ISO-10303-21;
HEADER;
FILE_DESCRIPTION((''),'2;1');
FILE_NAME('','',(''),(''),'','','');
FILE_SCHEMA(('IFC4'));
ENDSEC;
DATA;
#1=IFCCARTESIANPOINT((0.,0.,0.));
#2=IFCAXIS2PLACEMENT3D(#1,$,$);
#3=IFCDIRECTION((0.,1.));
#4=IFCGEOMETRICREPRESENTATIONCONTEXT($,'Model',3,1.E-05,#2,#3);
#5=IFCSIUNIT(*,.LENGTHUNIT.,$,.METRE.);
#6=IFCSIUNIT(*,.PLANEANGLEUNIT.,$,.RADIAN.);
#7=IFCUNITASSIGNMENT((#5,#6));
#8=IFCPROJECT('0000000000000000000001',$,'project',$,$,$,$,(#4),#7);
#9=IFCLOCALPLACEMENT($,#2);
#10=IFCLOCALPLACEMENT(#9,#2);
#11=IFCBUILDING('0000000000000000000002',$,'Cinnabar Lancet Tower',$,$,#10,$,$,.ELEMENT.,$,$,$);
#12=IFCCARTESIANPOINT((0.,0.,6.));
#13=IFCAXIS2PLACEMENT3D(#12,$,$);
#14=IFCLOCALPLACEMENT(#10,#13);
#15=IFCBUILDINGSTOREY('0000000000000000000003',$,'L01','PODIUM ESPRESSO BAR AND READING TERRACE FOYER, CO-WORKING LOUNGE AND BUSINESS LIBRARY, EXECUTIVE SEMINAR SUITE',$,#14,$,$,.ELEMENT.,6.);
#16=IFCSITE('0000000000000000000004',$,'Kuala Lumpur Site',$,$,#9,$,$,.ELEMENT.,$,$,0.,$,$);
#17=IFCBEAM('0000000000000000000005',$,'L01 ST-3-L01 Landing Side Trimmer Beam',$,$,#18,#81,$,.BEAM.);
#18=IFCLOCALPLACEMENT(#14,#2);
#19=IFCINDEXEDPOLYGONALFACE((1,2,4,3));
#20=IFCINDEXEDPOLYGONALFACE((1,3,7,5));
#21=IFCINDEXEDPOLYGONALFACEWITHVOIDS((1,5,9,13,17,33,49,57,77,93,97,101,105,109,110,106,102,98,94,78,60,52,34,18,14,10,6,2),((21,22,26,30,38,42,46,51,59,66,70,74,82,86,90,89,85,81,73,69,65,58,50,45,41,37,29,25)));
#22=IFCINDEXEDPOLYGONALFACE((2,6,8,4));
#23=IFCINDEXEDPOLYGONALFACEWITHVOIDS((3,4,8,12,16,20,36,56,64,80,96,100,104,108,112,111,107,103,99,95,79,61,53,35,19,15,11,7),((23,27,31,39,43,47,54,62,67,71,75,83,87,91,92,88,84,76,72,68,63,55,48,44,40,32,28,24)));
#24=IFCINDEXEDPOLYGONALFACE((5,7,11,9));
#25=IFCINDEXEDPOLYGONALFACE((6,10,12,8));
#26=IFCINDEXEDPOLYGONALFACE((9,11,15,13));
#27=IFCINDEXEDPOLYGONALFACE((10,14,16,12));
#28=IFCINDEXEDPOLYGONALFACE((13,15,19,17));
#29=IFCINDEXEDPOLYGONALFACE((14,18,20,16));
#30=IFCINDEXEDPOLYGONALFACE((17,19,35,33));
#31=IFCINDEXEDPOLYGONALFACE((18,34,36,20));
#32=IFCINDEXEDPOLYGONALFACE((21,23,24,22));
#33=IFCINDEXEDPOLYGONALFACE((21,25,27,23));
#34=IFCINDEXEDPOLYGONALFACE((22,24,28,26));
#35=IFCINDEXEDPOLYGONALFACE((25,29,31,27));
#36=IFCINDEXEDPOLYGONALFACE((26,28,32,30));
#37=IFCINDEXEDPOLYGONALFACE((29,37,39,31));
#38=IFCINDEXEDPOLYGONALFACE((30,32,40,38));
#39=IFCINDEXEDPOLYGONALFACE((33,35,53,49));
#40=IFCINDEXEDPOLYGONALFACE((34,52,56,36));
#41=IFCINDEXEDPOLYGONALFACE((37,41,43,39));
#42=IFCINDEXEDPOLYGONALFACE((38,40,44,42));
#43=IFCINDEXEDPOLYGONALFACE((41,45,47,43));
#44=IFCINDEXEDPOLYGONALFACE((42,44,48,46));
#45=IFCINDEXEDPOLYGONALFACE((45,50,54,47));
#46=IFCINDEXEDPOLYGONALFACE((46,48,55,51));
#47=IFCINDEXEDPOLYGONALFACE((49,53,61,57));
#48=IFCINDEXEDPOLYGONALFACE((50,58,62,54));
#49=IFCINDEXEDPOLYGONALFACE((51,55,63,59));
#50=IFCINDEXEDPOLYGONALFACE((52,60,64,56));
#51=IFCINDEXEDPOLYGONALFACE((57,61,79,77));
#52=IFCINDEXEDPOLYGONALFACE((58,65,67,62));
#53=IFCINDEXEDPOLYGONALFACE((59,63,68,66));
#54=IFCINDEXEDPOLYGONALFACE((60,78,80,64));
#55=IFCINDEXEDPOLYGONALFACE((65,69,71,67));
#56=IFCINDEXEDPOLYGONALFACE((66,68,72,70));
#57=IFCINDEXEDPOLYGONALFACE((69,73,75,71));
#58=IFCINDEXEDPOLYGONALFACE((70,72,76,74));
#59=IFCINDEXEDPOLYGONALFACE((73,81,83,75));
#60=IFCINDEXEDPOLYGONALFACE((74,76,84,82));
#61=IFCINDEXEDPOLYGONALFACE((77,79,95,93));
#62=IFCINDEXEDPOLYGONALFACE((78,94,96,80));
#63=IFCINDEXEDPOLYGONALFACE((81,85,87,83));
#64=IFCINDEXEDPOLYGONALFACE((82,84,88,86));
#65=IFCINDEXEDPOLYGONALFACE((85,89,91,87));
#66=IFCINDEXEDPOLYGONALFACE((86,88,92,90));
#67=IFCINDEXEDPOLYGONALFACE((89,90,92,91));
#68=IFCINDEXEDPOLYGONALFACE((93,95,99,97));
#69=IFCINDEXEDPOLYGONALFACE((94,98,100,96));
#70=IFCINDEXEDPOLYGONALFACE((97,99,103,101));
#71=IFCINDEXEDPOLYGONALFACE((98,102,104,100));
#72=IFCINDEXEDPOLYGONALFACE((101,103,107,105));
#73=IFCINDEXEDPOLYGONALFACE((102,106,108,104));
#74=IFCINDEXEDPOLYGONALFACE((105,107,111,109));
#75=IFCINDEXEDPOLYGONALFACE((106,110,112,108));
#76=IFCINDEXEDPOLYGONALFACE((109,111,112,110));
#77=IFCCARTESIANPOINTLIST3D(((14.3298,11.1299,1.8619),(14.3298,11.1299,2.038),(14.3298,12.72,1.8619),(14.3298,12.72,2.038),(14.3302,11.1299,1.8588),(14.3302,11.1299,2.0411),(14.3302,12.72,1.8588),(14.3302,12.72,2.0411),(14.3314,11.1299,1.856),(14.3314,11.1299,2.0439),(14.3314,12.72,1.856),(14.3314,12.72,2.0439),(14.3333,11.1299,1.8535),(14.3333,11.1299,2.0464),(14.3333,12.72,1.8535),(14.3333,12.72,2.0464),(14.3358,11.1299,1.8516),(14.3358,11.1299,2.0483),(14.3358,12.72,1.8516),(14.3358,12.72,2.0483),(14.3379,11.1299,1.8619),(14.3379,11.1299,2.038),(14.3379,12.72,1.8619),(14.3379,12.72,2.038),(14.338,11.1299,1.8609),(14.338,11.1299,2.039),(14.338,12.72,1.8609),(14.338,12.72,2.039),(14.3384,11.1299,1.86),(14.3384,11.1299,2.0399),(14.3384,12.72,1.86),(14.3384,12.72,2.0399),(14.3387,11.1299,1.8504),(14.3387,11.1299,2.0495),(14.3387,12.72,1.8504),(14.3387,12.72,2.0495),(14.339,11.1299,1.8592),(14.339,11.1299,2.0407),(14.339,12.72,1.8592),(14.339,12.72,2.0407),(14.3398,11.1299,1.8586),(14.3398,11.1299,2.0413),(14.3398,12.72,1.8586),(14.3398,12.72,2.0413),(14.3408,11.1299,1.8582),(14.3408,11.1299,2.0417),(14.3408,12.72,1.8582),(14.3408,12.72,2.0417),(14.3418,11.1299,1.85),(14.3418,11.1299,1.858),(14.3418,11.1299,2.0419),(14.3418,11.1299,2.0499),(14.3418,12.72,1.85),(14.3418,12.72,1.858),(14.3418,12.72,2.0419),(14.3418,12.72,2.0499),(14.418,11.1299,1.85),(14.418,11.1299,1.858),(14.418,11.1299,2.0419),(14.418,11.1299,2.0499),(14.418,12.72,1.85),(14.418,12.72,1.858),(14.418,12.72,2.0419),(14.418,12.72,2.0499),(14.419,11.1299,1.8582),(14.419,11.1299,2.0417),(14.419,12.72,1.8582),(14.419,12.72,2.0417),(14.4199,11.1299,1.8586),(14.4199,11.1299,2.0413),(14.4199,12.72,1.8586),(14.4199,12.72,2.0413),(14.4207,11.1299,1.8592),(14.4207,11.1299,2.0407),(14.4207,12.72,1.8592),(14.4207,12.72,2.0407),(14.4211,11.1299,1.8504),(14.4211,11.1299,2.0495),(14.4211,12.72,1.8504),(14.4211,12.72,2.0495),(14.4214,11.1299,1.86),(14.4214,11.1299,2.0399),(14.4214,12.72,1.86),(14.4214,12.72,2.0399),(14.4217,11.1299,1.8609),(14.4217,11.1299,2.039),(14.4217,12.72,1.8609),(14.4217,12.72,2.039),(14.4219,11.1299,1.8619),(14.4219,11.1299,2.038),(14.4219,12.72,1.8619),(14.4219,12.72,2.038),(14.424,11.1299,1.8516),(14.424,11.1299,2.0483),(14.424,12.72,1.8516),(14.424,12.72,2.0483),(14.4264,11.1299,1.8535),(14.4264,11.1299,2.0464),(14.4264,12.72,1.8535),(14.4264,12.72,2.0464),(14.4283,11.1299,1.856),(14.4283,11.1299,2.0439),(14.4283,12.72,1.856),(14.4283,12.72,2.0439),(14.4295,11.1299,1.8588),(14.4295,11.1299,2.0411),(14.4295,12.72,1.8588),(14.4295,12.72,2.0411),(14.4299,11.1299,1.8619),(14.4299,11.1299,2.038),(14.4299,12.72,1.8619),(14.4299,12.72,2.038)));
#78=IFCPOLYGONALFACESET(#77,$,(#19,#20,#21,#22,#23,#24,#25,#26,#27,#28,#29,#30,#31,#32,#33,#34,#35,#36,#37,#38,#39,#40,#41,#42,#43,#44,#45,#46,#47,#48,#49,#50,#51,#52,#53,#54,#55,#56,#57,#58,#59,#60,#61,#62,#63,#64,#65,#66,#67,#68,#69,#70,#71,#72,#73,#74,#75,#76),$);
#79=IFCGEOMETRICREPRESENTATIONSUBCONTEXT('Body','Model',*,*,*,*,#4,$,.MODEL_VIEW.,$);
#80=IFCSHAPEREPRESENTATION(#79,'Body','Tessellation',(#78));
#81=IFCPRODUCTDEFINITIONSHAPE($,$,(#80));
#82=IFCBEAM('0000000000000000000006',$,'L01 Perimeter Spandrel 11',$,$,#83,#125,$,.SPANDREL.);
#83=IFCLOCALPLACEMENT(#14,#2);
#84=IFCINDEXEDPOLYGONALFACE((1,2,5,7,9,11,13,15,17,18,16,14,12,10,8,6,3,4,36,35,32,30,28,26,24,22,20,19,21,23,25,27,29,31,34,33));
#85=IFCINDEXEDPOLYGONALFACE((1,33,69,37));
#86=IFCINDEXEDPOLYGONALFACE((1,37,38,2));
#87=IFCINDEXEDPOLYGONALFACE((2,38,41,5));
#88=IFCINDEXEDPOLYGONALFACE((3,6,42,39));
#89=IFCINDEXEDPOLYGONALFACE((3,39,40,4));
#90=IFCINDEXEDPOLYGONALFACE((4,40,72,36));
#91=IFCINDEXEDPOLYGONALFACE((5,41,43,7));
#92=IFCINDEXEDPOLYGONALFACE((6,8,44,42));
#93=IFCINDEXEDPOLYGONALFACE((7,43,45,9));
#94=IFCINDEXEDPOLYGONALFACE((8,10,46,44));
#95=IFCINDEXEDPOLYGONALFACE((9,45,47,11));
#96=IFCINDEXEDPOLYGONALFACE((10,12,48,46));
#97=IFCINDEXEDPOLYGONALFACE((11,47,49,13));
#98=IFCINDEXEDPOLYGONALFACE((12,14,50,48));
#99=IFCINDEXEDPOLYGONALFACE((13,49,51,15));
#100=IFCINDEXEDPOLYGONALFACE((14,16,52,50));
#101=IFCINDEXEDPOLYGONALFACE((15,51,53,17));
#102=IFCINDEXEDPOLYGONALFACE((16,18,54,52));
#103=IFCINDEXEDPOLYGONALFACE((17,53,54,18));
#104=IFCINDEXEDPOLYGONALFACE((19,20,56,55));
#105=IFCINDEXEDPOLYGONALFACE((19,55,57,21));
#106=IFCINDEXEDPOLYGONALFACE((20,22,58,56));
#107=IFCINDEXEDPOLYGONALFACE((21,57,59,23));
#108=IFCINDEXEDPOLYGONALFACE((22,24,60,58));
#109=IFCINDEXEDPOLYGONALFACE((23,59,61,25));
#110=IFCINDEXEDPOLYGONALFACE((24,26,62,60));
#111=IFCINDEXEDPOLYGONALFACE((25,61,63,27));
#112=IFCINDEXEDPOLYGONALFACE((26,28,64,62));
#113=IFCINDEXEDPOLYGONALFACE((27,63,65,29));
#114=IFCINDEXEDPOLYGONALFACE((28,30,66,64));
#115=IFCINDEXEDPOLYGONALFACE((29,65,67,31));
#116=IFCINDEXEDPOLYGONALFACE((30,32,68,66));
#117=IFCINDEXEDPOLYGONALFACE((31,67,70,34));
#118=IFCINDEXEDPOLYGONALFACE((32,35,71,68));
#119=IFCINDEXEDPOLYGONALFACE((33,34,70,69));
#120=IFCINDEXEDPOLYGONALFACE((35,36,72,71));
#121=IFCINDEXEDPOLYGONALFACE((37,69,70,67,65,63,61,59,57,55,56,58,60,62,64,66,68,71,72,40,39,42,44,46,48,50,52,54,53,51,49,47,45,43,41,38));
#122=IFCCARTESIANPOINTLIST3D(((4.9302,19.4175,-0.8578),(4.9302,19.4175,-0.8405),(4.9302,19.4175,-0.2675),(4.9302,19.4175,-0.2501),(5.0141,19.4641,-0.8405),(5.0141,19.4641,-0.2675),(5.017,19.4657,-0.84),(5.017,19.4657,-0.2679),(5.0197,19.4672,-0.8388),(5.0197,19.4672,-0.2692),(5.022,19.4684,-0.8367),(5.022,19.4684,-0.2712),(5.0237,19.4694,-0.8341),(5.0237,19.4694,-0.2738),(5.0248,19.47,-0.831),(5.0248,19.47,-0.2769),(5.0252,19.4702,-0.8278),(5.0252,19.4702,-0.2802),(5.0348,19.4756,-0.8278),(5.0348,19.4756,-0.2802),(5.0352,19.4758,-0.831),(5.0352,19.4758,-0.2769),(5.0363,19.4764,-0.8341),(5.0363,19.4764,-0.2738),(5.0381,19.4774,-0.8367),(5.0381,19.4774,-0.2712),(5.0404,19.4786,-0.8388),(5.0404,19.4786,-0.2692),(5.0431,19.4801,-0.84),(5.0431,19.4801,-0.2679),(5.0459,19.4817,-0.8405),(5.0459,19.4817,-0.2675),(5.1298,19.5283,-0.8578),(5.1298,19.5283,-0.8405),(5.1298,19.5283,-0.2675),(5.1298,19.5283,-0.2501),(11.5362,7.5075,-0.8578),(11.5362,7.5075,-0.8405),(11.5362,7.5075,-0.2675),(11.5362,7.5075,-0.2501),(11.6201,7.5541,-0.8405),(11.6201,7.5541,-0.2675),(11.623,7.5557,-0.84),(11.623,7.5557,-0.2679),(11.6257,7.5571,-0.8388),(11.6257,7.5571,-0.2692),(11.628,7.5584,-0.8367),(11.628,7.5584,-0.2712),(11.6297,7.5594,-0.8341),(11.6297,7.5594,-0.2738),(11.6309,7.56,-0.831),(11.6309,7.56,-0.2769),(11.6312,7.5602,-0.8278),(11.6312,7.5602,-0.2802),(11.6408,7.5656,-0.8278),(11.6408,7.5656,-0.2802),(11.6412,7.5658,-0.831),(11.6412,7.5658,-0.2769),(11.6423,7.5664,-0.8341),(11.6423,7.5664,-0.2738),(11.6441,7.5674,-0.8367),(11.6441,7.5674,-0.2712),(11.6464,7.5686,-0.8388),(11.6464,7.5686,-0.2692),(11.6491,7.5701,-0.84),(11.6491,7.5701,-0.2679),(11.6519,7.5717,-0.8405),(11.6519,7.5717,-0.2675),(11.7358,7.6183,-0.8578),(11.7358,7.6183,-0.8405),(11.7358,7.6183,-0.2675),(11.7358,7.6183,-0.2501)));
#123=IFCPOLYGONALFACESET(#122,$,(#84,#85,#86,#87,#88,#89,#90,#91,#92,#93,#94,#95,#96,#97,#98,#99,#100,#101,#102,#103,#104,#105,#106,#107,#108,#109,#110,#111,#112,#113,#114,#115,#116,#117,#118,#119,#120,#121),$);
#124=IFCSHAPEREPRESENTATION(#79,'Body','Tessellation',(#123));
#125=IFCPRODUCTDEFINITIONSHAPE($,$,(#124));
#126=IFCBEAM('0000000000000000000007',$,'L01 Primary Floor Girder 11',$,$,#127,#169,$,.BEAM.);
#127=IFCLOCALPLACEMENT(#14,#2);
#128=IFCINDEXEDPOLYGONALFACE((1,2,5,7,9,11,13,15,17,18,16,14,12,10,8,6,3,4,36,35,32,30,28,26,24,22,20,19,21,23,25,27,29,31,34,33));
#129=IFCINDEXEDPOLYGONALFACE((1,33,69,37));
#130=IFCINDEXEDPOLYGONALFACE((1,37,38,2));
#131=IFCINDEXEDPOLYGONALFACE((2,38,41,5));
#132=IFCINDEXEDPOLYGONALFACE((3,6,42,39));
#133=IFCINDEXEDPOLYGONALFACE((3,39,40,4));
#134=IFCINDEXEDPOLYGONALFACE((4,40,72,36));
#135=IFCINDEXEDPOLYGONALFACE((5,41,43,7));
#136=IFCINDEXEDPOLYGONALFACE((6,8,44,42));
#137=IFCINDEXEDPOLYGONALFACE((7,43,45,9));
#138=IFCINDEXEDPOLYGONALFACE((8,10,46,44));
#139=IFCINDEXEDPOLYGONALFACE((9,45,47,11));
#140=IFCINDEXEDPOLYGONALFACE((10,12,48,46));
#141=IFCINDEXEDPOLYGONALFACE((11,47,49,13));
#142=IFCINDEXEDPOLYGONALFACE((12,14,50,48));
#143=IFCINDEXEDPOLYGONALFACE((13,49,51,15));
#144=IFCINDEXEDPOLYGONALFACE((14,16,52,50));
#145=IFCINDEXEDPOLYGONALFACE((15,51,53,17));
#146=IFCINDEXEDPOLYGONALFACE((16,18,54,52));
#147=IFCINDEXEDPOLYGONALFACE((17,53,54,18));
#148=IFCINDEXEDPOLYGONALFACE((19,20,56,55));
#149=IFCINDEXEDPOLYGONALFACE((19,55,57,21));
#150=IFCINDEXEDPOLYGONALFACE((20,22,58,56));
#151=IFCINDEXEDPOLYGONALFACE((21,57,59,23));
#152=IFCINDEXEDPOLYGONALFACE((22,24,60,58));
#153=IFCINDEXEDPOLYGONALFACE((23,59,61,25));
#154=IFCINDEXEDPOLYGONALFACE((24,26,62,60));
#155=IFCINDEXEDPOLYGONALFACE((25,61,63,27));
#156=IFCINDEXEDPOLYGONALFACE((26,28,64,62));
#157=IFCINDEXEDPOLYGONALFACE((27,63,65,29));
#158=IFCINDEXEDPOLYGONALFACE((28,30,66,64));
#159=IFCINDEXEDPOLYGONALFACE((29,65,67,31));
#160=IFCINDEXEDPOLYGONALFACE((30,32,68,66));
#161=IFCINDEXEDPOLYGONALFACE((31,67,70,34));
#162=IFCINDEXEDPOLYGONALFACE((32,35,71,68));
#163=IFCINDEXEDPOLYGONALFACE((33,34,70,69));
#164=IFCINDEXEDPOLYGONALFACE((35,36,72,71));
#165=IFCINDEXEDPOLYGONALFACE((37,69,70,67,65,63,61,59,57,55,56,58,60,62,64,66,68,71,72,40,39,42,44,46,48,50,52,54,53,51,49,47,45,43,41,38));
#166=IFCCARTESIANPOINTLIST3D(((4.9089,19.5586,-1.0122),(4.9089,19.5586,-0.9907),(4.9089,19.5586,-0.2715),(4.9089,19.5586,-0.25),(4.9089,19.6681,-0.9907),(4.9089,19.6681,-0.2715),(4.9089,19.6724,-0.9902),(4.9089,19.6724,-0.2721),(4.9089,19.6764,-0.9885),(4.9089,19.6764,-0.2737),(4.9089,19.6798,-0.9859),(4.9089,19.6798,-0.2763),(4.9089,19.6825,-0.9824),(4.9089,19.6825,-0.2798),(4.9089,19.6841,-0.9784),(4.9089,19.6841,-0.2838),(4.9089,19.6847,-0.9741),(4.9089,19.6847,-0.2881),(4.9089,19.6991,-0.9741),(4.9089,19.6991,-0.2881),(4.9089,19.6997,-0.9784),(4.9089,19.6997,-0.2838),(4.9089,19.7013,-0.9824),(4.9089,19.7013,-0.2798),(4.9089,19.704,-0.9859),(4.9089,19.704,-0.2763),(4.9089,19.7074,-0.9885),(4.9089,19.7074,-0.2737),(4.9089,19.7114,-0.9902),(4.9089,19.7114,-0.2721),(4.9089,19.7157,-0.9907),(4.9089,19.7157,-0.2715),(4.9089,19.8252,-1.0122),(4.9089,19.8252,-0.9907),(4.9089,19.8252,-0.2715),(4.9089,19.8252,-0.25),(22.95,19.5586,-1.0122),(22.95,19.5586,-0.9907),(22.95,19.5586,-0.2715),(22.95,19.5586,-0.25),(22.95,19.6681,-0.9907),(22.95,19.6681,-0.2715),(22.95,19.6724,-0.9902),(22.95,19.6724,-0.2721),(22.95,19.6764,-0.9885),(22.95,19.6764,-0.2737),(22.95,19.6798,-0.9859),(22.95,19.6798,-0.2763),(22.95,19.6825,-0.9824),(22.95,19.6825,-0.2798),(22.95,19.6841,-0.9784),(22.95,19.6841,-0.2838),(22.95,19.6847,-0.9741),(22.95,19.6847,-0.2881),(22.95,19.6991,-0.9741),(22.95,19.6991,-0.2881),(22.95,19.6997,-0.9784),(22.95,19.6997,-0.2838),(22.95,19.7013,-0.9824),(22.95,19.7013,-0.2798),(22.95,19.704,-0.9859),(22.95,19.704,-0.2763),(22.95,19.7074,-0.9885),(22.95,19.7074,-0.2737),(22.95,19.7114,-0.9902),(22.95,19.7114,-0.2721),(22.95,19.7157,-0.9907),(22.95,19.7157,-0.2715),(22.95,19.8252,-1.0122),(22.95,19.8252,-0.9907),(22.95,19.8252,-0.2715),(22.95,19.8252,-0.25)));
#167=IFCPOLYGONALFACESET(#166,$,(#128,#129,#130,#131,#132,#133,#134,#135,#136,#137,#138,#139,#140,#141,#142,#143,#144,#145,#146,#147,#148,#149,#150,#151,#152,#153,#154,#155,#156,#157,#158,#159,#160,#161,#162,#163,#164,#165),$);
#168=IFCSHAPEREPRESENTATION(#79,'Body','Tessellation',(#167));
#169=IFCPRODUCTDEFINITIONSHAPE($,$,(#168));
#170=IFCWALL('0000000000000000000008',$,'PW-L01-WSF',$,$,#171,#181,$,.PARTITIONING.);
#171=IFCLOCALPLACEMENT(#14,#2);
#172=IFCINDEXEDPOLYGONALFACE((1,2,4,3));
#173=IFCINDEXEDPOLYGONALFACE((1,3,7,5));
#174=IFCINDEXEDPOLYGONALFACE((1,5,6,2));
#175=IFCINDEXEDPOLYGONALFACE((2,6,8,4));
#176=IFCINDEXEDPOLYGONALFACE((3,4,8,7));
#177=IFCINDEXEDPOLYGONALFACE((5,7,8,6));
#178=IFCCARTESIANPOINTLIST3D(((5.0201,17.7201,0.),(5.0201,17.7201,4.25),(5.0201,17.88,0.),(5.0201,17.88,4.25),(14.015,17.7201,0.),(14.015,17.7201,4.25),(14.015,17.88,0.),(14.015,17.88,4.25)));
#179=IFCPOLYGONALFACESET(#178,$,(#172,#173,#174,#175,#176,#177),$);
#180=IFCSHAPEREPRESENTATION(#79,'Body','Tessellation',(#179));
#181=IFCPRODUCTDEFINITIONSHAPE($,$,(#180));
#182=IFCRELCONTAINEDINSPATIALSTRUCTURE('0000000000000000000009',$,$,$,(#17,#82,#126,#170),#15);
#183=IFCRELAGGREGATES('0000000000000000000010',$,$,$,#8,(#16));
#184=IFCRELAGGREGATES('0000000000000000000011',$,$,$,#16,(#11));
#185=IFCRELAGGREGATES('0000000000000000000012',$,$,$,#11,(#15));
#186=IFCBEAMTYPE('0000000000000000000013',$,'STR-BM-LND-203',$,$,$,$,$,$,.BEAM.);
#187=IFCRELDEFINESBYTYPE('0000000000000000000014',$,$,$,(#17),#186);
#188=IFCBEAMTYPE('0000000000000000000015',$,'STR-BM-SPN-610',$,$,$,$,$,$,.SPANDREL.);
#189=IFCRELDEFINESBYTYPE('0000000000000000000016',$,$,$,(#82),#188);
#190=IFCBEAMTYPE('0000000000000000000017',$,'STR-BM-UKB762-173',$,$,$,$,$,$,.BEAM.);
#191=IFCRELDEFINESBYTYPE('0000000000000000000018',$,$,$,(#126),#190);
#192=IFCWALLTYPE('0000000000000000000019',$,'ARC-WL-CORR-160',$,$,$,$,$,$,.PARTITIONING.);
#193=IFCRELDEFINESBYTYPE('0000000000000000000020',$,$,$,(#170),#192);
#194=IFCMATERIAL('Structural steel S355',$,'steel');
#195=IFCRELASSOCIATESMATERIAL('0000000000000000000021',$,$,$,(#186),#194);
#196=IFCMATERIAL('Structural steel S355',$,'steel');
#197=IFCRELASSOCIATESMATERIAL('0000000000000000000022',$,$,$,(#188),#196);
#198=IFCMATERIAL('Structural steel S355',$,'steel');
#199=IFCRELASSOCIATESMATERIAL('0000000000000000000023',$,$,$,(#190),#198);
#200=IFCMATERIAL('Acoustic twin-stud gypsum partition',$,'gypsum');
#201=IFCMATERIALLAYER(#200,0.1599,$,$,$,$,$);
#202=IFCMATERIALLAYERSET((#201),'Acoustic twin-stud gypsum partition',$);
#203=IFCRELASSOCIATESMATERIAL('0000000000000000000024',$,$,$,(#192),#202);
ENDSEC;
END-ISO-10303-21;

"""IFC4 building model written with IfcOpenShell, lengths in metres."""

from ifc_helpers import new_model, si_unit, direction, frame, frame_2d, origin, origin_2d, place, context, subcontext, project, spatial, rectangle, hollow_rectangle, i_section, extrude, material, layer, layer_set, material_profile, profile_set, type_object, element, save


model = new_model("IFC4")

# Units and contexts
model_context = context("Model", 3, precision=1e-05, world=origin(), true_north=direction((0.0, 1.0)))
body_context = subcontext(model_context, "Body", "Model", "MODEL_VIEW")
ifc_project = project(units=[si_unit("LENGTHUNIT", "METRE"), si_unit("PLANEANGLEUNIT", "RADIAN")], contexts=[model_context])

# Site, building, storey
site_placement = place(None, origin())
site = spatial("IfcSite", under=ifc_project, at=site_placement, Name="Kuala Lumpur Site", CompositionType="ELEMENT", RefElevation=0.0)
building_placement = place(site_placement, origin())
building = spatial("IfcBuilding", under=site, at=building_placement, Name="Cinnabar Lancet Tower", CompositionType="ELEMENT")
storey_placement = place(building_placement, frame((0.0, 0.0, 6.0)))
storey = spatial("IfcBuildingStorey", under=building, at=storey_placement, Name="L01", Description="PODIUM ESPRESSO BAR AND READING TERRACE FOYER, CO-WORKING LOUNGE AND BUSINESS LIBRARY, EXECUTIVE SEMINAR SUITE", CompositionType="ELEMENT", Elevation=6.0)

# Beams
ifc_material_1 = material(Name="Structural steel S355", Category="steel")
ifc_material_profile_1 = material_profile(ifc_material_1, hollow_rectangle(XDim=0.1001, YDim=0.2, WallThickness=0.0081, InnerFilletRadius=0.0039, OuterFilletRadius=0.012, at=origin_2d()), Name="RHS 200x100x8")
ifc_profile_set_1 = profile_set([ifc_material_profile_1], Name="Structural steel S355")
beam_type_1 = type_object("IfcBeamType", Name="STR-BM-LND-203", PredefinedType="BEAM", material=ifc_profile_set_1)
beam_1_placement = place(storey_placement, frame((14.3799, 11.1299, 1.95), z_axis=(0.0, 1.0, 0.0), x_axis=(-1.0, 0.0, 0.0)))
element("IfcBeam", 1, at=beam_1_placement, inside=storey, type_object=beam_type_1, Name="L01 ST-3-L01 Landing Side Trimmer Beam", PredefinedType="BEAM", context=body_context, shape_type="SweptSolid", body=[
    extrude(hollow_rectangle(XDim=0.1001, YDim=0.2, WallThickness=0.0081, InnerFilletRadius=0.0039, OuterFilletRadius=0.012, at=origin_2d()), origin(), (0.0, 0.0, 1.0), 1.5901),
])
ifc_material_2 = material(Name="Structural steel S355", Category="steel")
ifc_material_profile_2 = material_profile(ifc_material_2, i_section(OverallWidth=0.2283, OverallDepth=0.6077, WebThickness=0.011, FlangeThickness=0.0173, FilletRadius=0.0127, at=origin_2d()), Name="UKB 610x229x113")
ifc_profile_set_2 = profile_set([ifc_material_profile_2], Name="Structural steel S355")
beam_type_2 = type_object("IfcBeamType", Name="STR-BM-SPN-610", PredefinedType="SPANDREL", material=ifc_profile_set_2)
beam_2_placement = place(storey_placement, frame((5.03, 19.4729, -0.554), z_axis=(0.485045, -0.874489, 0.0), x_axis=(0.874489, 0.485045, 0.0)))
element("IfcBeam", 2, at=beam_2_placement, inside=storey, type_object=beam_type_2, Name="L01 Perimeter Spandrel 11", PredefinedType="SPANDREL", context=body_context, shape_type="SweptSolid", body=[
    extrude(i_section(OverallWidth=0.2283, OverallDepth=0.6077, WebThickness=0.011, FlangeThickness=0.0173, FilletRadius=0.0127, at=origin_2d()), origin(), (0.0, 0.0, 1.0), 13.6194),
])
ifc_material_3 = material(Name="Structural steel S355", Category="steel")
ifc_material_profile_3 = material_profile(ifc_material_3, i_section(OverallWidth=0.2666, OverallDepth=0.7622, WebThickness=0.0144, FlangeThickness=0.0215, FilletRadius=0.0166, at=origin_2d()), Name="UKB 762x267x173")
ifc_profile_set_3 = profile_set([ifc_material_profile_3], Name="Structural steel S355")
beam_type_3 = type_object("IfcBeamType", Name="STR-BM-UKB762-173", PredefinedType="BEAM", material=ifc_profile_set_3)
beam_3_placement = place(storey_placement, frame((4.9089, 19.6919, -0.6311), z_axis=(1.0, 0.0, 0.0), x_axis=(0.0, 1.0, 0.0)))
element("IfcBeam", 3, at=beam_3_placement, inside=storey, type_object=beam_type_3, Name="L01 Primary Floor Girder 11", PredefinedType="BEAM", context=body_context, shape_type="SweptSolid", body=[
    extrude(i_section(OverallWidth=0.2666, OverallDepth=0.7622, WebThickness=0.0144, FlangeThickness=0.0215, FilletRadius=0.0166, at=origin_2d()), origin(), (0.0, 0.0, 1.0), 18.041),
])

# Wall
ifc_material_4 = material(Name="Acoustic twin-stud gypsum partition", Category="gypsum")
ifc_layer_1 = layer(ifc_material_4, 0.1599)
ifc_layer_set_1 = layer_set([ifc_layer_1], Name="Acoustic twin-stud gypsum partition")
wall_type_1 = type_object("IfcWallType", Name="ARC-WL-CORR-160", PredefinedType="PARTITIONING", material=ifc_layer_set_1)
wall_1_placement = place(storey_placement, frame((5.02, 17.8, 0.0), z_axis=(0.0, 0.0, 1.0), x_axis=(1.0, 0.0, 0.0)))
element("IfcWall", 4, at=wall_1_placement, inside=storey, type_object=wall_type_1, Name="PW-L01-WSF", PredefinedType="PARTITIONING", context=body_context, shape_type="SweptSolid", body=[
    extrude(rectangle(XDim=8.9949, YDim=0.1599, at=frame_2d((4.4976, 0.0))), origin(), (0.0, 0.0, 1.0), 4.25),
])

save(model, "model.ifc")
